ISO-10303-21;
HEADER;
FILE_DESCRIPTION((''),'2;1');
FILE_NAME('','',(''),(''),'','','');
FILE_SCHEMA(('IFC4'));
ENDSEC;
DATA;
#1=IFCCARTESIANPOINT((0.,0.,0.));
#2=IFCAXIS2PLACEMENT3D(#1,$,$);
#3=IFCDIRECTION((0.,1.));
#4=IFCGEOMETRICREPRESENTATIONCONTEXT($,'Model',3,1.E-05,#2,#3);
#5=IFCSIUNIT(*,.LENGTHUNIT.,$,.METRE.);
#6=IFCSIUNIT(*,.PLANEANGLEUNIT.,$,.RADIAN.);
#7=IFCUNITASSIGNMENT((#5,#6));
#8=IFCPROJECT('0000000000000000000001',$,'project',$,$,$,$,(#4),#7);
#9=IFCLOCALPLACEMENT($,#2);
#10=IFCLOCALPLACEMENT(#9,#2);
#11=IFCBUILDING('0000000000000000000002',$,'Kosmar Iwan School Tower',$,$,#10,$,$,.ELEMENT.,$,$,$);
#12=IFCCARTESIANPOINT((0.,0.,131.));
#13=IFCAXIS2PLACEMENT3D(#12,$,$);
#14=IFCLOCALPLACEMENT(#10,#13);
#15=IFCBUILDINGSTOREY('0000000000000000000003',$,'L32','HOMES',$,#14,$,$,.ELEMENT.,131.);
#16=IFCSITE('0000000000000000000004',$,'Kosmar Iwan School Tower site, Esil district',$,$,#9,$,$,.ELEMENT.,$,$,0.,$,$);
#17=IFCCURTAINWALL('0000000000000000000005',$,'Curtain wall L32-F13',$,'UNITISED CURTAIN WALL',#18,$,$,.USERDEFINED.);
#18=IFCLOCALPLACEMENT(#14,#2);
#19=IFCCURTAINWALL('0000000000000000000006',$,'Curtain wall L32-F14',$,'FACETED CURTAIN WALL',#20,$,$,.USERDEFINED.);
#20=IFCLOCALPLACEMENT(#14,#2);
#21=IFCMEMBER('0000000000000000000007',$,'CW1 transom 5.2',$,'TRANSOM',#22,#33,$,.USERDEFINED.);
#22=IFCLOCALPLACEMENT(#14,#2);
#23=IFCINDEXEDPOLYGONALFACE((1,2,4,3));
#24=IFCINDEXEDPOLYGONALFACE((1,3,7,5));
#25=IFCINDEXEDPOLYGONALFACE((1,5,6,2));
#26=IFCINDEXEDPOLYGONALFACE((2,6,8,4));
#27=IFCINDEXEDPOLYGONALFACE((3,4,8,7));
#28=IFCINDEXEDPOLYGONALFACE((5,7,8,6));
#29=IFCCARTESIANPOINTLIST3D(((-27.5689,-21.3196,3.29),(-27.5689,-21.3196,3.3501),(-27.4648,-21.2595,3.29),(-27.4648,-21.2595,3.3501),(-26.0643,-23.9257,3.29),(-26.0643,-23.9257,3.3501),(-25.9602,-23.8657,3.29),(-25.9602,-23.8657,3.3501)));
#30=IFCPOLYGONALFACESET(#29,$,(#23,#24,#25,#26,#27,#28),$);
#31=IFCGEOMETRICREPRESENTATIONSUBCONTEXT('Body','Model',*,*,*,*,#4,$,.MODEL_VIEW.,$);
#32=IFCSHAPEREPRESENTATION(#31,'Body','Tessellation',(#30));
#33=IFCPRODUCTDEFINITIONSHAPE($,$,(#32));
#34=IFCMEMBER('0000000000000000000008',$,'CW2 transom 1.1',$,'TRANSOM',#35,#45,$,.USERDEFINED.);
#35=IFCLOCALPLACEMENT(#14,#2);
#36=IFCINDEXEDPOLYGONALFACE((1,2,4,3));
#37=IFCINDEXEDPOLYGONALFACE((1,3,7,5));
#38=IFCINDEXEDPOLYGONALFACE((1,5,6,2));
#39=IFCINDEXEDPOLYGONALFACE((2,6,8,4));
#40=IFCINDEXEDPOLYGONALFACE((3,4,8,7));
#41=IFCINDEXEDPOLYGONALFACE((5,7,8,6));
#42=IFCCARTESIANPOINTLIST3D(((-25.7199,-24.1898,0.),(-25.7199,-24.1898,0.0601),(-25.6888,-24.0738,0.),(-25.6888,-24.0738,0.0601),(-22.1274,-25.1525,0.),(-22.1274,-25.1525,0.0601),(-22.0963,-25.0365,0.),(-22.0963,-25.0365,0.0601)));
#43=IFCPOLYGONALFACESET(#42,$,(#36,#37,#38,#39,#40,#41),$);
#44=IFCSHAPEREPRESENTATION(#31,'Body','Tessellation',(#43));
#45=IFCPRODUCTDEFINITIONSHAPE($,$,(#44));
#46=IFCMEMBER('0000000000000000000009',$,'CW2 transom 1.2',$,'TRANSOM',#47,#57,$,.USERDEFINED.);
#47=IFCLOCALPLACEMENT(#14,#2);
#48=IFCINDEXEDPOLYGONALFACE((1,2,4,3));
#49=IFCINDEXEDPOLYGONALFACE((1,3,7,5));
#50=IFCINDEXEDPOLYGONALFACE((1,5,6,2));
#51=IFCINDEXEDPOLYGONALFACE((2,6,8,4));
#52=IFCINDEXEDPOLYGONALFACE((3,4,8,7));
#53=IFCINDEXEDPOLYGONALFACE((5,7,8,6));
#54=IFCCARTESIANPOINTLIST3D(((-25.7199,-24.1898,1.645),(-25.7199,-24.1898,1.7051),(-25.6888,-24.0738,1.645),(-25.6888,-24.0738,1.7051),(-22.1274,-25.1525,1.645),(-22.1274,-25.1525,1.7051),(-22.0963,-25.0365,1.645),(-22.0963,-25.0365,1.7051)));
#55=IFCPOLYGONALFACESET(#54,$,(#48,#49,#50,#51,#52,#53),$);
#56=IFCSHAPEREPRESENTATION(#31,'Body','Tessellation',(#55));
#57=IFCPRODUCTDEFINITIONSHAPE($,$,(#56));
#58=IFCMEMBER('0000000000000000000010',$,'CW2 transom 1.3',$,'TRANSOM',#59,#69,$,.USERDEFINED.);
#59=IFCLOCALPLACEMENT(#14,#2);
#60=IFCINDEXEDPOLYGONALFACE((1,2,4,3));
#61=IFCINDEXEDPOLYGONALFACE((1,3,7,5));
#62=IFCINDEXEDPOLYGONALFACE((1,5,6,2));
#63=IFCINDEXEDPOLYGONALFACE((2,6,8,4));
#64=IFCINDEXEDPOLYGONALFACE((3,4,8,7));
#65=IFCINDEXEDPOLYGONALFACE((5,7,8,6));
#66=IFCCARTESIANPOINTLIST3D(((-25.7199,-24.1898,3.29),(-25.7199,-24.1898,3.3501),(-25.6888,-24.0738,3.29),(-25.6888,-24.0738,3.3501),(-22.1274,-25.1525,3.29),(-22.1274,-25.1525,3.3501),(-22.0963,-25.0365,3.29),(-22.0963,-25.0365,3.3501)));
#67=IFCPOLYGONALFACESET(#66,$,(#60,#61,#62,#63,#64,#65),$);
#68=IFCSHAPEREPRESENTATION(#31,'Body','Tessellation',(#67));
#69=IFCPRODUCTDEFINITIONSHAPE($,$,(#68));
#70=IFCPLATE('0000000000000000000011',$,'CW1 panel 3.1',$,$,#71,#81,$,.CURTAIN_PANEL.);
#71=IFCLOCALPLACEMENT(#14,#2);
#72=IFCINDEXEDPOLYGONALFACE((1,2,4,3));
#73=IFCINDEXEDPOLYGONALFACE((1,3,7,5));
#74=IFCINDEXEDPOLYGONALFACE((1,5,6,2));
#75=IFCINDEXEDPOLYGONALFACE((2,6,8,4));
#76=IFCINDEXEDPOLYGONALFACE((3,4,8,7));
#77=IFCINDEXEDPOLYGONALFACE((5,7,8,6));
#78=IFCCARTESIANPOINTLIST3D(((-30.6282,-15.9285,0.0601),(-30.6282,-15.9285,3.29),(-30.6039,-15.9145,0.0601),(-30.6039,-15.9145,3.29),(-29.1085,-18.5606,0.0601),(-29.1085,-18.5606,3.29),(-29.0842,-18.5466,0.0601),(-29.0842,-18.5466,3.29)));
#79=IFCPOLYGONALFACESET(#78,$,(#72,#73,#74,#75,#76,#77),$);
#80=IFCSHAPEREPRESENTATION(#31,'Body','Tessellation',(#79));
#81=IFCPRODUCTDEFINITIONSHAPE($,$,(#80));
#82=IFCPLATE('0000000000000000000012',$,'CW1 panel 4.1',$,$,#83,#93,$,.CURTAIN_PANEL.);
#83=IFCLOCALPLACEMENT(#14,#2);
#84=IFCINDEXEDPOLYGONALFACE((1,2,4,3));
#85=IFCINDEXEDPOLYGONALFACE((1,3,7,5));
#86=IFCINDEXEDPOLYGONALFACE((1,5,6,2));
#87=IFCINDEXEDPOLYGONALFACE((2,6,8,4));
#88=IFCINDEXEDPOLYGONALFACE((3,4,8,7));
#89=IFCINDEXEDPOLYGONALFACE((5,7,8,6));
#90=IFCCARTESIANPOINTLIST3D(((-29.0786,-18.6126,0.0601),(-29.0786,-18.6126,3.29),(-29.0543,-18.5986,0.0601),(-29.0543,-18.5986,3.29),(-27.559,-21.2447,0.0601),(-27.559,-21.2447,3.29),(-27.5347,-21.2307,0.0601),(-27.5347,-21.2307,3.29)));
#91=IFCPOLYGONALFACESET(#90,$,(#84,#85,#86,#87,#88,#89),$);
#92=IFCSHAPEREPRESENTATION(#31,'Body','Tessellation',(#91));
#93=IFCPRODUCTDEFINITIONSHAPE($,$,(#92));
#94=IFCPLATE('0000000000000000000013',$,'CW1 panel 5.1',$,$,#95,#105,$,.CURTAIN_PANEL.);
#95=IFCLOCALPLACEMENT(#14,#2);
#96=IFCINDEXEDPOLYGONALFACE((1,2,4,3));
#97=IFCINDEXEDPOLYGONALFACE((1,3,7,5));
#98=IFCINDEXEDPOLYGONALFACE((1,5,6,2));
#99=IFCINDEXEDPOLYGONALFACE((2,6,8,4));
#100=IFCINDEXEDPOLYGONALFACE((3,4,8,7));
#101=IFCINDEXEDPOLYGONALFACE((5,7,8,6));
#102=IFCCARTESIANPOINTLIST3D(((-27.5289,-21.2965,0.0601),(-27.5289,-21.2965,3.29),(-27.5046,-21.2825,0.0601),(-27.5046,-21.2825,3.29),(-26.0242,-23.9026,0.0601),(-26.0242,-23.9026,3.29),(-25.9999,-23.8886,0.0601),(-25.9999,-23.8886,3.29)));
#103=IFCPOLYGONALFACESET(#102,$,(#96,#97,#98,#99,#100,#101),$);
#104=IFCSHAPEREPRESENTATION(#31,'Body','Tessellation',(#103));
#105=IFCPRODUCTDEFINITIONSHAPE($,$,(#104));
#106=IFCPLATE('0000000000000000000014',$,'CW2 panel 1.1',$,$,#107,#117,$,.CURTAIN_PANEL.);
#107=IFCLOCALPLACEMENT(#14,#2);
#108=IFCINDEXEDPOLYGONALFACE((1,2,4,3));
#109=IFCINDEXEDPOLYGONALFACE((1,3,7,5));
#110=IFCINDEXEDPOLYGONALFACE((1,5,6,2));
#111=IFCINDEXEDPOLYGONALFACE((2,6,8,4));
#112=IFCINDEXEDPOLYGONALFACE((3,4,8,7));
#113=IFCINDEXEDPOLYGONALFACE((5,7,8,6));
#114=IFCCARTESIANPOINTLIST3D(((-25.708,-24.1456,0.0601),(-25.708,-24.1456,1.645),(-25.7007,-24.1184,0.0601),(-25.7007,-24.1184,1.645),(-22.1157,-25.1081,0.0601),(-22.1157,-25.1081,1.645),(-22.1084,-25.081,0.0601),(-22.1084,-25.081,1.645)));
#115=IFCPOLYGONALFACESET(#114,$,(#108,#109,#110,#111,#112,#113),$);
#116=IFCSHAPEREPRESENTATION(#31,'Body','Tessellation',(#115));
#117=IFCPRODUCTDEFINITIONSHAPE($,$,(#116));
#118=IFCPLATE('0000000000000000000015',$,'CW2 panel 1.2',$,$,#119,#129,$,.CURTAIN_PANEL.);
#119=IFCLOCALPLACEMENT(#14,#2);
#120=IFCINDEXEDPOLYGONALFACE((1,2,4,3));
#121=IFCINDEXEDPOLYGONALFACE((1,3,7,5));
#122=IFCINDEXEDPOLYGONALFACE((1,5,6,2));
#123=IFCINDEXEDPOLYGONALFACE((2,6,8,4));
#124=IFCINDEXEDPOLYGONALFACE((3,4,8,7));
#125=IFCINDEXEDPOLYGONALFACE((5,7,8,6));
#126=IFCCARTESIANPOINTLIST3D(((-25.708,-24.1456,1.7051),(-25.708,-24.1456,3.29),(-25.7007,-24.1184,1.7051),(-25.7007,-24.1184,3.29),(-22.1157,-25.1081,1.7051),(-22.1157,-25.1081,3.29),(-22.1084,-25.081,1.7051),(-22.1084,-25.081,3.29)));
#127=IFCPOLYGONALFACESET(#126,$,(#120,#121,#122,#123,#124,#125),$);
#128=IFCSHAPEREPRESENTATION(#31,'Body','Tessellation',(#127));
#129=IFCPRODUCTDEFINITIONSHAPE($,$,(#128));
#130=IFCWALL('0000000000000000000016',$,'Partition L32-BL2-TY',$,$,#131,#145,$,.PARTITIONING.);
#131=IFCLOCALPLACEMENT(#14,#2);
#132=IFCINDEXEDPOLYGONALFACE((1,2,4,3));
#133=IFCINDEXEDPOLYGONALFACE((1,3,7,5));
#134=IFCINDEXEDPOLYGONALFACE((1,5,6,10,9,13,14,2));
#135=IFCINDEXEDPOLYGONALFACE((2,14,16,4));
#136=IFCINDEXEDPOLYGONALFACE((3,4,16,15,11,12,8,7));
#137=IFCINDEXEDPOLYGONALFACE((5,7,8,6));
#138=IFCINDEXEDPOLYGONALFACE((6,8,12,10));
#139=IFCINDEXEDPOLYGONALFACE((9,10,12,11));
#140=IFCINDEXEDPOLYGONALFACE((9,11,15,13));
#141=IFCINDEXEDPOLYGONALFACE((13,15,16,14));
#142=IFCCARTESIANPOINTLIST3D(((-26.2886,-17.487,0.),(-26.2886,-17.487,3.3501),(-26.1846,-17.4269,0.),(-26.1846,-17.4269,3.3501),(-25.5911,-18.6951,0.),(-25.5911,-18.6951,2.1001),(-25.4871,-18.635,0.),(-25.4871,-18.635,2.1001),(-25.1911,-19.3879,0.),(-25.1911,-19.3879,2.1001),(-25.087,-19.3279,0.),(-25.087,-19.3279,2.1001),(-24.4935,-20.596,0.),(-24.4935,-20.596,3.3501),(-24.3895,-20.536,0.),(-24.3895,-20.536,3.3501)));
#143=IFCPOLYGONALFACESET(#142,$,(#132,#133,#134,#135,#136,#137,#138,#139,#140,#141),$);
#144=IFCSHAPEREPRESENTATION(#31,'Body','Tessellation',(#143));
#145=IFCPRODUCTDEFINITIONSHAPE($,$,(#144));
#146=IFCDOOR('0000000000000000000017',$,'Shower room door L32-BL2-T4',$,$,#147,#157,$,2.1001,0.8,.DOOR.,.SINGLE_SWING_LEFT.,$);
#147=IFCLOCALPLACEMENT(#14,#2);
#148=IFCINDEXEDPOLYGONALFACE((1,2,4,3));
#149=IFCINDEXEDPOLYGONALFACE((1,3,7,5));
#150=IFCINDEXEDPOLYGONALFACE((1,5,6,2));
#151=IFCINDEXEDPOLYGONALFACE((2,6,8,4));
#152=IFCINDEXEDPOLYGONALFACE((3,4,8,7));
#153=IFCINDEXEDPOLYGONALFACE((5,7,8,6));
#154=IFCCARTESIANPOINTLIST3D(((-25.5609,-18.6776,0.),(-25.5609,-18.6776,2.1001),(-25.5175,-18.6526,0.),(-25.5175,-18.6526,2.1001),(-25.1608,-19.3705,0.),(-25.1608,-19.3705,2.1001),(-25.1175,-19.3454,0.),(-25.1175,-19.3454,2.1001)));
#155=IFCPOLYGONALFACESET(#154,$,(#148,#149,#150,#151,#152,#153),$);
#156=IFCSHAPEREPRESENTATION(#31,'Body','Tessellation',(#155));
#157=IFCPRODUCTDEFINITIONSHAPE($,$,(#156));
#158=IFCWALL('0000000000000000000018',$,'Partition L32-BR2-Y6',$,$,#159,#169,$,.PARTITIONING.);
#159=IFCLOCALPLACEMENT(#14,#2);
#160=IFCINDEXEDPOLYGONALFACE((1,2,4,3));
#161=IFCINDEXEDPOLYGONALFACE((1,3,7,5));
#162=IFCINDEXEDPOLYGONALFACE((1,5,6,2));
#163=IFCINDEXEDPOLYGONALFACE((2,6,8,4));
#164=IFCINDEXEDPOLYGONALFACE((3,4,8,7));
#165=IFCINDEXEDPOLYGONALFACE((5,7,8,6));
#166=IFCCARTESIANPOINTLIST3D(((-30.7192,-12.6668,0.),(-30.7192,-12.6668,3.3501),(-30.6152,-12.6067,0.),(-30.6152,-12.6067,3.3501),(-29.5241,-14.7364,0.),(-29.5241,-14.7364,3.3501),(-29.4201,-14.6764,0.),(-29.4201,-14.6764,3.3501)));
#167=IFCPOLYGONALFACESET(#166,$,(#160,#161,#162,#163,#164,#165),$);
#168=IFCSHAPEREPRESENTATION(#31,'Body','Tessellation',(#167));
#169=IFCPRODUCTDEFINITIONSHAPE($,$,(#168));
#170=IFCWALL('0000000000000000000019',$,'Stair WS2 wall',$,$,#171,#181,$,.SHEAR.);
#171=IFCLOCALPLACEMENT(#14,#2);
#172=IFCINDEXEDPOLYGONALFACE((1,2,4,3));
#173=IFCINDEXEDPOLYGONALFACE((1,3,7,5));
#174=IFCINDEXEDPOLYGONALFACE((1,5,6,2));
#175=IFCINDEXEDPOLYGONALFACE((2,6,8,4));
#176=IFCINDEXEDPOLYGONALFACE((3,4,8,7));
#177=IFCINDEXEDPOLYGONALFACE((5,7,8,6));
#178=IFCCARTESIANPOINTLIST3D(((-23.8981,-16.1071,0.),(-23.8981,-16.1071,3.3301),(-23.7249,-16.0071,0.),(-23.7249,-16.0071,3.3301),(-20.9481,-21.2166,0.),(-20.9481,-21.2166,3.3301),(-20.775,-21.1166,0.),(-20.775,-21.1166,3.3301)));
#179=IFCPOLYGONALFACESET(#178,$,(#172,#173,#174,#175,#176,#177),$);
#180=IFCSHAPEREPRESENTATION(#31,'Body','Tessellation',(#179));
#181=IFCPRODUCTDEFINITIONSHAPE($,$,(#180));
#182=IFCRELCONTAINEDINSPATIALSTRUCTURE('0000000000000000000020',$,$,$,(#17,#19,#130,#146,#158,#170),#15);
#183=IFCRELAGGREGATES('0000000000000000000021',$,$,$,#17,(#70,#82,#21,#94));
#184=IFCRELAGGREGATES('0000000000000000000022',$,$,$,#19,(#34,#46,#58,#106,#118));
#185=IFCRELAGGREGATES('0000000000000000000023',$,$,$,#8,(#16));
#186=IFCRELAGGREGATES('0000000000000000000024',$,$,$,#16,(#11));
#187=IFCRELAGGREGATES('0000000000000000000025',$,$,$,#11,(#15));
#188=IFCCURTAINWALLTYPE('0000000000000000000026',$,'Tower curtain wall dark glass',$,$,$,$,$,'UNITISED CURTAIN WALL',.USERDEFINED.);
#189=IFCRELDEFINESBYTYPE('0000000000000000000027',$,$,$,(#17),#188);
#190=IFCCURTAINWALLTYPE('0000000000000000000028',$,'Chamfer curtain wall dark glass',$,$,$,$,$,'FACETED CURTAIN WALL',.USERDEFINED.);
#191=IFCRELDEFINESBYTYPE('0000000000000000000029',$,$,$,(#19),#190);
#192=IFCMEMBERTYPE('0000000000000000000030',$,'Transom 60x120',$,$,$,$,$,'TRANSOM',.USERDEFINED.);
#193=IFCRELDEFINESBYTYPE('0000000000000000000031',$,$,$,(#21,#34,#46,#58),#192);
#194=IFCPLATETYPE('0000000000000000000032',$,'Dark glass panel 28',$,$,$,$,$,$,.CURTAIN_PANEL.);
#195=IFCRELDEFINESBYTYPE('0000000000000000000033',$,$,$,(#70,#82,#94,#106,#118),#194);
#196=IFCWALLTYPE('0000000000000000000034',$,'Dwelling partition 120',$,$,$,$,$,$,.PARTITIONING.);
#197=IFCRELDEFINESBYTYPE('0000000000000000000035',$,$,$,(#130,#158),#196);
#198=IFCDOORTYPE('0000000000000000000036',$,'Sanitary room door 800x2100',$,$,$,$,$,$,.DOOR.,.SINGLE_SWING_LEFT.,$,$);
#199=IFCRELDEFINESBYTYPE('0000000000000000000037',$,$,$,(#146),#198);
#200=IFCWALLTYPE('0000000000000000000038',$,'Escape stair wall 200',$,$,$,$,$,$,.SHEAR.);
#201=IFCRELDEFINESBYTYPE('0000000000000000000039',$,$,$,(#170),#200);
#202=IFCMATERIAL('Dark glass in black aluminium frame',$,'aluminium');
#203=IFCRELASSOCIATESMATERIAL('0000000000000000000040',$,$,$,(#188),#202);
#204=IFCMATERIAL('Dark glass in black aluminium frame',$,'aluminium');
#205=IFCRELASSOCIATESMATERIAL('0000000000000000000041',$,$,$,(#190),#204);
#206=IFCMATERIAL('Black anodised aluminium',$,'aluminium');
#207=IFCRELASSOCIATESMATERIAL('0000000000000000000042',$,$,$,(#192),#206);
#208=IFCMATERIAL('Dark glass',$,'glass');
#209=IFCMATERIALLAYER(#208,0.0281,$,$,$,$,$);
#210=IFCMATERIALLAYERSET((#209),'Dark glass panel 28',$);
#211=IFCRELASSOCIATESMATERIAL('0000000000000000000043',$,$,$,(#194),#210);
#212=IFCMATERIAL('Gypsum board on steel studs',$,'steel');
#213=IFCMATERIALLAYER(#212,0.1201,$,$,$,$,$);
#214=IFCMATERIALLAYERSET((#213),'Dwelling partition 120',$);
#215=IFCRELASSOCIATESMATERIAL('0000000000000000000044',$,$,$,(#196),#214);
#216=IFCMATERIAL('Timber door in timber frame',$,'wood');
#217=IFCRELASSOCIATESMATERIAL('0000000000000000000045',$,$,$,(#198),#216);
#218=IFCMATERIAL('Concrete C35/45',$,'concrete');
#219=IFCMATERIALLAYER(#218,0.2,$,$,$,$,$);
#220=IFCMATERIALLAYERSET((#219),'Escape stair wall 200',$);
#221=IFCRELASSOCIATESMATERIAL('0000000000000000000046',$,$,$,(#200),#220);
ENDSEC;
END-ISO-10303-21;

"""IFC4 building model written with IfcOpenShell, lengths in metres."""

from ifc_helpers import new_model, si_unit, direction, frame, frame_2d, origin, origin_2d, place, context, subcontext, project, spatial, rectangle, extrude, material, layer, layer_set, material_profile, profile_set, type_object, element, fill, aggregate, save


model = new_model("IFC4")

# Units and contexts
model_context = context("Model", 3, precision=1e-05, world=origin(), true_north=direction((0.0, 1.0)))
body_context = subcontext(model_context, "Body", "Model", "MODEL_VIEW")
ifc_project = project(units=[si_unit("LENGTHUNIT", "METRE"), si_unit("PLANEANGLEUNIT", "RADIAN")], contexts=[model_context])

# Site, building, storey
site_placement = place(None, origin())
site = spatial("IfcSite", under=ifc_project, at=site_placement, Name="Kosmar Iwan School Tower site, Esil district", CompositionType="ELEMENT", RefElevation=0.0)
building_placement = place(site_placement, origin())
building = spatial("IfcBuilding", under=site, at=building_placement, Name="Kosmar Iwan School Tower", CompositionType="ELEMENT")
storey_placement = place(building_placement, frame((0.0, 0.0, 131.0)))
storey = spatial("IfcBuildingStorey", under=building, at=storey_placement, Name="L32", Description="HOMES", CompositionType="ELEMENT", Elevation=131.0)

# Curtain wall
ifc_material_1 = material(Name="Dark glass in black aluminium frame", Category="aluminium")
curtain_wall_type_1 = type_object("IfcCurtainWallType", Name="Tower curtain wall dark glass", ElementType="UNITISED CURTAIN WALL", PredefinedType="USERDEFINED", material=ifc_material_1)
curtain_wall_1_placement = place(storey_placement, origin())
curtain_wall_1 = element("IfcCurtainWall", 1, at=curtain_wall_1_placement, inside=storey, type_object=curtain_wall_type_1, Name="Curtain wall L32-F13", ObjectType="UNITISED CURTAIN WALL", PredefinedType="USERDEFINED")

# Curtain wall
ifc_material_2 = material(Name="Dark glass in black aluminium frame", Category="aluminium")
curtain_wall_type_2 = type_object("IfcCurtainWallType", Name="Chamfer curtain wall dark glass", ElementType="FACETED CURTAIN WALL", PredefinedType="USERDEFINED", material=ifc_material_2)
curtain_wall_2_placement = place(storey_placement, origin())
curtain_wall_2 = element("IfcCurtainWall", 2, at=curtain_wall_2_placement, inside=storey, type_object=curtain_wall_type_2, Name="Curtain wall L32-F14", ObjectType="FACETED CURTAIN WALL", PredefinedType="USERDEFINED")

# Members
ifc_material_3 = material(Name="Black anodised aluminium", Category="aluminium")
ifc_material_profile_1 = material_profile(ifc_material_3, rectangle(XDim=0.1201, YDim=0.0601, at=origin_2d()), Name="TRANSOM 60x120")
ifc_profile_set_1 = profile_set([ifc_material_profile_1], Name="Black anodised aluminium")
member_type_1 = type_object("IfcMemberType", Name="Transom 60x120", ElementType="TRANSOM", PredefinedType="USERDEFINED", material=ifc_profile_set_1)
member_1_placement = place(storey_placement, frame((-27.5168, -21.2896, 3.3201), z_axis=(0.499987, -0.866033, 0.0), x_axis=(0.866033, 0.499987, 0.0)))
member_1 = element("IfcMember", 3, at=member_1_placement, type_object=member_type_1, Name="CW1 transom 5.2", ObjectType="TRANSOM", PredefinedType="USERDEFINED", context=body_context, shape_type="SweptSolid", body=[
    extrude(rectangle(XDim=0.1201, YDim=0.0601, at=origin_2d()), origin(), (0.0, 0.0, 1.0), 3.0093),
])
member_2_placement = place(storey_placement, frame((-25.7043, -24.1318, 0.03), z_axis=(0.965924, -0.258827, 0.0), x_axis=(0.258827, 0.965924, 0.0)))
member_2 = element("IfcMember", 4, at=member_2_placement, type_object=member_type_1, Name="CW2 transom 1.1", ObjectType="TRANSOM", PredefinedType="USERDEFINED", context=body_context, shape_type="SweptSolid", body=[
    extrude(rectangle(XDim=0.1201, YDim=0.0601, at=origin_2d()), origin(), (0.0, 0.0, 1.0), 3.7192),
])
member_3_placement = place(storey_placement, frame((-25.7043, -24.1318, 1.675), z_axis=(0.965924, -0.258827, 0.0), x_axis=(0.258827, 0.965924, 0.0)))
member_3 = element("IfcMember", 5, at=member_3_placement, type_object=member_type_1, Name="CW2 transom 1.2", ObjectType="TRANSOM", PredefinedType="USERDEFINED", context=body_context, shape_type="SweptSolid", body=[
    extrude(rectangle(XDim=0.1201, YDim=0.0601, at=origin_2d()), origin(), (0.0, 0.0, 1.0), 3.7192),
])
member_4_placement = place(storey_placement, frame((-25.7043, -24.1318, 3.3201), z_axis=(0.965924, -0.258827, 0.0), x_axis=(0.258827, 0.965924, 0.0)))
member_4 = element("IfcMember", 6, at=member_4_placement, type_object=member_type_1, Name="CW2 transom 1.3", ObjectType="TRANSOM", PredefinedType="USERDEFINED", context=body_context, shape_type="SweptSolid", body=[
    extrude(rectangle(XDim=0.1201, YDim=0.0601, at=origin_2d()), origin(), (0.0, 0.0, 1.0), 3.7192),
])

# Plates
ifc_material_4 = material(Name="Dark glass", Category="glass")
ifc_layer_1 = layer(ifc_material_4, 0.0281)
ifc_layer_set_1 = layer_set([ifc_layer_1], Name="Dark glass panel 28")
plate_type = type_object("IfcPlateType", Name="Dark glass panel 28", PredefinedType="CURTAIN_PANEL", material=ifc_layer_set_1)
plate_1_placement = place(storey_placement, frame((-29.8562, -17.2375, 0.0601), z_axis=(0.0, 0.0, 1.0), x_axis=(0.5, -0.866025, 0.0)))
plate_1 = element("IfcPlate", 7, at=plate_1_placement, type_object=plate_type, Name="CW1 panel 3.1", PredefinedType="CURTAIN_PANEL", context=body_context, shape_type="SweptSolid", body=[
    extrude(rectangle(XDim=3.0393, YDim=0.0281, at=origin_2d()), origin(), (0.0, 0.0, 1.0), 3.23),
])
plate_2_placement = place(storey_placement, frame((-28.3066, -19.9216, 0.0601), z_axis=(0.0, 0.0, 1.0), x_axis=(0.5, -0.866025, 0.0)))
plate_2 = element("IfcPlate", 8, at=plate_2_placement, type_object=plate_type, Name="CW1 panel 4.1", PredefinedType="CURTAIN_PANEL", context=body_context, shape_type="SweptSolid", body=[
    extrude(rectangle(XDim=3.0393, YDim=0.0281, at=origin_2d()), origin(), (0.0, 0.0, 1.0), 3.23),
])
plate_3_placement = place(storey_placement, frame((-26.7644, -22.5925, 0.0601), z_axis=(0.0, 0.0, 1.0), x_axis=(0.5, -0.866025, 0.0)))
plate_3 = element("IfcPlate", 9, at=plate_3_placement, type_object=plate_type, Name="CW1 panel 5.1", PredefinedType="CURTAIN_PANEL", context=body_context, shape_type="SweptSolid", body=[
    extrude(rectangle(XDim=3.0093, YDim=0.0281, at=origin_2d()), origin(), (0.0, 0.0, 1.0), 3.23),
])
aggregate(curtain_wall_1, [plate_1, plate_2, member_1, plate_3])
plate_4_placement = place(storey_placement, frame((-23.9082, -24.6133, 0.0601), z_axis=(0.0, 0.0, 1.0), x_axis=(0.965926, -0.258819, 0.0)))
plate_4 = element("IfcPlate", 10, at=plate_4_placement, type_object=plate_type, Name="CW2 panel 1.1", PredefinedType="CURTAIN_PANEL", context=body_context, shape_type="SweptSolid", body=[
    extrude(rectangle(XDim=3.719, YDim=0.0281, at=origin_2d()), origin(), (0.0, 0.0, 1.0), 1.585),
])
plate_5_placement = place(storey_placement, frame((-23.9082, -24.6133, 1.7051), z_axis=(0.0, 0.0, 1.0), x_axis=(0.965926, -0.258819, 0.0)))
plate_5 = element("IfcPlate", 11, at=plate_5_placement, type_object=plate_type, Name="CW2 panel 1.2", PredefinedType="CURTAIN_PANEL", context=body_context, shape_type="SweptSolid", body=[
    extrude(rectangle(XDim=3.719, YDim=0.0281, at=origin_2d()), origin(), (0.0, 0.0, 1.0), 1.585),
])
aggregate(curtain_wall_2, [member_2, member_3, member_4, plate_4, plate_5])

# Wall, opening, door
ifc_material_5 = material(Name="Gypsum board on steel studs", Category="steel")
ifc_layer_2 = layer(ifc_material_5, 0.1201)
ifc_layer_set_2 = layer_set([ifc_layer_2], Name="Dwelling partition 120")
wall_type_1 = type_object("IfcWallType", Name="Dwelling partition 120", PredefinedType="PARTITIONING", material=ifc_layer_set_2)
wall_1_placement = place(storey_placement, frame((-26.2366, -17.457, 0.0), z_axis=(0.0, 0.0, 1.0), x_axis=(0.500023, -0.866012, 0.0)))
wall_1 = element("IfcWall", 12, at=wall_1_placement, inside=storey, type_object=wall_type_1, Name="Partition L32-BL2-TY", PredefinedType="PARTITIONING", context=body_context, shape_type="SweptSolid", body=[
    extrude(rectangle(XDim=3.5901, YDim=0.1201, at=frame_2d((1.7949, 0.0))), origin(), (0.0, 0.0, 1.0), 3.3501),
])
opening_placement = place(wall_1_placement, frame((1.395, 0.0, 0.0)))
opening = element("IfcOpeningElement", 13, at=opening_placement, cuts=wall_1, PredefinedType="OPENING", context=body_context, shape_type="SweptSolid", body=[
    extrude(rectangle(XDim=0.8, YDim=2.1001, at=frame_2d((0.3999, 1.05))), frame((0.0, 0.072, 0.0), z_axis=(0.0, -1.0, 0.0), x_axis=(1.0, 0.0, 0.0)), (0.0, 0.0, 1.0), 0.144),
])
ifc_material_6 = material(Name="Timber door in timber frame", Category="wood")
door_type = type_object("IfcDoorType", Name="Sanitary room door 800x2100", OperationType="SINGLE_SWING_LEFT", PredefinedType="DOOR", material=ifc_material_6)
door_placement = place(opening_placement, origin())
door = element("IfcDoor", 14, at=door_placement, inside=storey, type_object=door_type, Name="Shower room door L32-BL2-T4", OperationType="SINGLE_SWING_LEFT", OverallHeight=2.1001, OverallWidth=0.8, PredefinedType="DOOR", context=body_context, shape_type="SweptSolid", body=[
    extrude(rectangle(XDim=0.8, YDim=2.1001, at=frame_2d((0.3999, 1.05))), frame((0.0, 0.0249, 0.0), z_axis=(0.0, -1.0, 0.0), x_axis=(1.0, 0.0, 0.0)), (0.0, 0.0, 1.0), 0.05),
])
fill(opening, door)

# Walls
wall_2_placement = place(storey_placement, frame((-29.4722, -14.7063, 0.0), z_axis=(0.0, 0.0, 1.0), x_axis=(-0.500061, 0.86599, 0.0)))
element("IfcWall", 15, at=wall_2_placement, inside=storey, type_object=wall_type_1, Name="Partition L32-BR2-Y6", PredefinedType="PARTITIONING", context=body_context, shape_type="SweptSolid", body=[
    extrude(rectangle(XDim=2.3899, YDim=0.1201, at=frame_2d((1.1948, 0.0))), origin(), (0.0, 0.0, 1.0), 3.3501),
])
ifc_material_7 = material(Name="Concrete C35/45", Category="concrete")
ifc_layer_3 = layer(ifc_material_7, 0.2)
ifc_layer_set_3 = layer_set([ifc_layer_3], Name="Escape stair wall 200")
wall_type_2 = type_object("IfcWallType", Name="Escape stair wall 200", PredefinedType="SHEAR", material=ifc_layer_set_3)
wall_3_placement = place(storey_placement, frame((-23.8115, -16.0571, 0.0), z_axis=(0.0, 0.0, 1.0), x_axis=(0.500007, -0.866022, 0.0)))
element("IfcWall", 16, at=wall_3_placement, inside=storey, type_object=wall_type_2, Name="Stair WS2 wall", PredefinedType="SHEAR", context=body_context, shape_type="SweptSolid", body=[
    extrude(rectangle(XDim=5.8999, YDim=0.2, at=frame_2d((2.95, 0.0))), origin(), (0.0, 0.0, 1.0), 3.3301),
])

save(model, "model.ifc")
